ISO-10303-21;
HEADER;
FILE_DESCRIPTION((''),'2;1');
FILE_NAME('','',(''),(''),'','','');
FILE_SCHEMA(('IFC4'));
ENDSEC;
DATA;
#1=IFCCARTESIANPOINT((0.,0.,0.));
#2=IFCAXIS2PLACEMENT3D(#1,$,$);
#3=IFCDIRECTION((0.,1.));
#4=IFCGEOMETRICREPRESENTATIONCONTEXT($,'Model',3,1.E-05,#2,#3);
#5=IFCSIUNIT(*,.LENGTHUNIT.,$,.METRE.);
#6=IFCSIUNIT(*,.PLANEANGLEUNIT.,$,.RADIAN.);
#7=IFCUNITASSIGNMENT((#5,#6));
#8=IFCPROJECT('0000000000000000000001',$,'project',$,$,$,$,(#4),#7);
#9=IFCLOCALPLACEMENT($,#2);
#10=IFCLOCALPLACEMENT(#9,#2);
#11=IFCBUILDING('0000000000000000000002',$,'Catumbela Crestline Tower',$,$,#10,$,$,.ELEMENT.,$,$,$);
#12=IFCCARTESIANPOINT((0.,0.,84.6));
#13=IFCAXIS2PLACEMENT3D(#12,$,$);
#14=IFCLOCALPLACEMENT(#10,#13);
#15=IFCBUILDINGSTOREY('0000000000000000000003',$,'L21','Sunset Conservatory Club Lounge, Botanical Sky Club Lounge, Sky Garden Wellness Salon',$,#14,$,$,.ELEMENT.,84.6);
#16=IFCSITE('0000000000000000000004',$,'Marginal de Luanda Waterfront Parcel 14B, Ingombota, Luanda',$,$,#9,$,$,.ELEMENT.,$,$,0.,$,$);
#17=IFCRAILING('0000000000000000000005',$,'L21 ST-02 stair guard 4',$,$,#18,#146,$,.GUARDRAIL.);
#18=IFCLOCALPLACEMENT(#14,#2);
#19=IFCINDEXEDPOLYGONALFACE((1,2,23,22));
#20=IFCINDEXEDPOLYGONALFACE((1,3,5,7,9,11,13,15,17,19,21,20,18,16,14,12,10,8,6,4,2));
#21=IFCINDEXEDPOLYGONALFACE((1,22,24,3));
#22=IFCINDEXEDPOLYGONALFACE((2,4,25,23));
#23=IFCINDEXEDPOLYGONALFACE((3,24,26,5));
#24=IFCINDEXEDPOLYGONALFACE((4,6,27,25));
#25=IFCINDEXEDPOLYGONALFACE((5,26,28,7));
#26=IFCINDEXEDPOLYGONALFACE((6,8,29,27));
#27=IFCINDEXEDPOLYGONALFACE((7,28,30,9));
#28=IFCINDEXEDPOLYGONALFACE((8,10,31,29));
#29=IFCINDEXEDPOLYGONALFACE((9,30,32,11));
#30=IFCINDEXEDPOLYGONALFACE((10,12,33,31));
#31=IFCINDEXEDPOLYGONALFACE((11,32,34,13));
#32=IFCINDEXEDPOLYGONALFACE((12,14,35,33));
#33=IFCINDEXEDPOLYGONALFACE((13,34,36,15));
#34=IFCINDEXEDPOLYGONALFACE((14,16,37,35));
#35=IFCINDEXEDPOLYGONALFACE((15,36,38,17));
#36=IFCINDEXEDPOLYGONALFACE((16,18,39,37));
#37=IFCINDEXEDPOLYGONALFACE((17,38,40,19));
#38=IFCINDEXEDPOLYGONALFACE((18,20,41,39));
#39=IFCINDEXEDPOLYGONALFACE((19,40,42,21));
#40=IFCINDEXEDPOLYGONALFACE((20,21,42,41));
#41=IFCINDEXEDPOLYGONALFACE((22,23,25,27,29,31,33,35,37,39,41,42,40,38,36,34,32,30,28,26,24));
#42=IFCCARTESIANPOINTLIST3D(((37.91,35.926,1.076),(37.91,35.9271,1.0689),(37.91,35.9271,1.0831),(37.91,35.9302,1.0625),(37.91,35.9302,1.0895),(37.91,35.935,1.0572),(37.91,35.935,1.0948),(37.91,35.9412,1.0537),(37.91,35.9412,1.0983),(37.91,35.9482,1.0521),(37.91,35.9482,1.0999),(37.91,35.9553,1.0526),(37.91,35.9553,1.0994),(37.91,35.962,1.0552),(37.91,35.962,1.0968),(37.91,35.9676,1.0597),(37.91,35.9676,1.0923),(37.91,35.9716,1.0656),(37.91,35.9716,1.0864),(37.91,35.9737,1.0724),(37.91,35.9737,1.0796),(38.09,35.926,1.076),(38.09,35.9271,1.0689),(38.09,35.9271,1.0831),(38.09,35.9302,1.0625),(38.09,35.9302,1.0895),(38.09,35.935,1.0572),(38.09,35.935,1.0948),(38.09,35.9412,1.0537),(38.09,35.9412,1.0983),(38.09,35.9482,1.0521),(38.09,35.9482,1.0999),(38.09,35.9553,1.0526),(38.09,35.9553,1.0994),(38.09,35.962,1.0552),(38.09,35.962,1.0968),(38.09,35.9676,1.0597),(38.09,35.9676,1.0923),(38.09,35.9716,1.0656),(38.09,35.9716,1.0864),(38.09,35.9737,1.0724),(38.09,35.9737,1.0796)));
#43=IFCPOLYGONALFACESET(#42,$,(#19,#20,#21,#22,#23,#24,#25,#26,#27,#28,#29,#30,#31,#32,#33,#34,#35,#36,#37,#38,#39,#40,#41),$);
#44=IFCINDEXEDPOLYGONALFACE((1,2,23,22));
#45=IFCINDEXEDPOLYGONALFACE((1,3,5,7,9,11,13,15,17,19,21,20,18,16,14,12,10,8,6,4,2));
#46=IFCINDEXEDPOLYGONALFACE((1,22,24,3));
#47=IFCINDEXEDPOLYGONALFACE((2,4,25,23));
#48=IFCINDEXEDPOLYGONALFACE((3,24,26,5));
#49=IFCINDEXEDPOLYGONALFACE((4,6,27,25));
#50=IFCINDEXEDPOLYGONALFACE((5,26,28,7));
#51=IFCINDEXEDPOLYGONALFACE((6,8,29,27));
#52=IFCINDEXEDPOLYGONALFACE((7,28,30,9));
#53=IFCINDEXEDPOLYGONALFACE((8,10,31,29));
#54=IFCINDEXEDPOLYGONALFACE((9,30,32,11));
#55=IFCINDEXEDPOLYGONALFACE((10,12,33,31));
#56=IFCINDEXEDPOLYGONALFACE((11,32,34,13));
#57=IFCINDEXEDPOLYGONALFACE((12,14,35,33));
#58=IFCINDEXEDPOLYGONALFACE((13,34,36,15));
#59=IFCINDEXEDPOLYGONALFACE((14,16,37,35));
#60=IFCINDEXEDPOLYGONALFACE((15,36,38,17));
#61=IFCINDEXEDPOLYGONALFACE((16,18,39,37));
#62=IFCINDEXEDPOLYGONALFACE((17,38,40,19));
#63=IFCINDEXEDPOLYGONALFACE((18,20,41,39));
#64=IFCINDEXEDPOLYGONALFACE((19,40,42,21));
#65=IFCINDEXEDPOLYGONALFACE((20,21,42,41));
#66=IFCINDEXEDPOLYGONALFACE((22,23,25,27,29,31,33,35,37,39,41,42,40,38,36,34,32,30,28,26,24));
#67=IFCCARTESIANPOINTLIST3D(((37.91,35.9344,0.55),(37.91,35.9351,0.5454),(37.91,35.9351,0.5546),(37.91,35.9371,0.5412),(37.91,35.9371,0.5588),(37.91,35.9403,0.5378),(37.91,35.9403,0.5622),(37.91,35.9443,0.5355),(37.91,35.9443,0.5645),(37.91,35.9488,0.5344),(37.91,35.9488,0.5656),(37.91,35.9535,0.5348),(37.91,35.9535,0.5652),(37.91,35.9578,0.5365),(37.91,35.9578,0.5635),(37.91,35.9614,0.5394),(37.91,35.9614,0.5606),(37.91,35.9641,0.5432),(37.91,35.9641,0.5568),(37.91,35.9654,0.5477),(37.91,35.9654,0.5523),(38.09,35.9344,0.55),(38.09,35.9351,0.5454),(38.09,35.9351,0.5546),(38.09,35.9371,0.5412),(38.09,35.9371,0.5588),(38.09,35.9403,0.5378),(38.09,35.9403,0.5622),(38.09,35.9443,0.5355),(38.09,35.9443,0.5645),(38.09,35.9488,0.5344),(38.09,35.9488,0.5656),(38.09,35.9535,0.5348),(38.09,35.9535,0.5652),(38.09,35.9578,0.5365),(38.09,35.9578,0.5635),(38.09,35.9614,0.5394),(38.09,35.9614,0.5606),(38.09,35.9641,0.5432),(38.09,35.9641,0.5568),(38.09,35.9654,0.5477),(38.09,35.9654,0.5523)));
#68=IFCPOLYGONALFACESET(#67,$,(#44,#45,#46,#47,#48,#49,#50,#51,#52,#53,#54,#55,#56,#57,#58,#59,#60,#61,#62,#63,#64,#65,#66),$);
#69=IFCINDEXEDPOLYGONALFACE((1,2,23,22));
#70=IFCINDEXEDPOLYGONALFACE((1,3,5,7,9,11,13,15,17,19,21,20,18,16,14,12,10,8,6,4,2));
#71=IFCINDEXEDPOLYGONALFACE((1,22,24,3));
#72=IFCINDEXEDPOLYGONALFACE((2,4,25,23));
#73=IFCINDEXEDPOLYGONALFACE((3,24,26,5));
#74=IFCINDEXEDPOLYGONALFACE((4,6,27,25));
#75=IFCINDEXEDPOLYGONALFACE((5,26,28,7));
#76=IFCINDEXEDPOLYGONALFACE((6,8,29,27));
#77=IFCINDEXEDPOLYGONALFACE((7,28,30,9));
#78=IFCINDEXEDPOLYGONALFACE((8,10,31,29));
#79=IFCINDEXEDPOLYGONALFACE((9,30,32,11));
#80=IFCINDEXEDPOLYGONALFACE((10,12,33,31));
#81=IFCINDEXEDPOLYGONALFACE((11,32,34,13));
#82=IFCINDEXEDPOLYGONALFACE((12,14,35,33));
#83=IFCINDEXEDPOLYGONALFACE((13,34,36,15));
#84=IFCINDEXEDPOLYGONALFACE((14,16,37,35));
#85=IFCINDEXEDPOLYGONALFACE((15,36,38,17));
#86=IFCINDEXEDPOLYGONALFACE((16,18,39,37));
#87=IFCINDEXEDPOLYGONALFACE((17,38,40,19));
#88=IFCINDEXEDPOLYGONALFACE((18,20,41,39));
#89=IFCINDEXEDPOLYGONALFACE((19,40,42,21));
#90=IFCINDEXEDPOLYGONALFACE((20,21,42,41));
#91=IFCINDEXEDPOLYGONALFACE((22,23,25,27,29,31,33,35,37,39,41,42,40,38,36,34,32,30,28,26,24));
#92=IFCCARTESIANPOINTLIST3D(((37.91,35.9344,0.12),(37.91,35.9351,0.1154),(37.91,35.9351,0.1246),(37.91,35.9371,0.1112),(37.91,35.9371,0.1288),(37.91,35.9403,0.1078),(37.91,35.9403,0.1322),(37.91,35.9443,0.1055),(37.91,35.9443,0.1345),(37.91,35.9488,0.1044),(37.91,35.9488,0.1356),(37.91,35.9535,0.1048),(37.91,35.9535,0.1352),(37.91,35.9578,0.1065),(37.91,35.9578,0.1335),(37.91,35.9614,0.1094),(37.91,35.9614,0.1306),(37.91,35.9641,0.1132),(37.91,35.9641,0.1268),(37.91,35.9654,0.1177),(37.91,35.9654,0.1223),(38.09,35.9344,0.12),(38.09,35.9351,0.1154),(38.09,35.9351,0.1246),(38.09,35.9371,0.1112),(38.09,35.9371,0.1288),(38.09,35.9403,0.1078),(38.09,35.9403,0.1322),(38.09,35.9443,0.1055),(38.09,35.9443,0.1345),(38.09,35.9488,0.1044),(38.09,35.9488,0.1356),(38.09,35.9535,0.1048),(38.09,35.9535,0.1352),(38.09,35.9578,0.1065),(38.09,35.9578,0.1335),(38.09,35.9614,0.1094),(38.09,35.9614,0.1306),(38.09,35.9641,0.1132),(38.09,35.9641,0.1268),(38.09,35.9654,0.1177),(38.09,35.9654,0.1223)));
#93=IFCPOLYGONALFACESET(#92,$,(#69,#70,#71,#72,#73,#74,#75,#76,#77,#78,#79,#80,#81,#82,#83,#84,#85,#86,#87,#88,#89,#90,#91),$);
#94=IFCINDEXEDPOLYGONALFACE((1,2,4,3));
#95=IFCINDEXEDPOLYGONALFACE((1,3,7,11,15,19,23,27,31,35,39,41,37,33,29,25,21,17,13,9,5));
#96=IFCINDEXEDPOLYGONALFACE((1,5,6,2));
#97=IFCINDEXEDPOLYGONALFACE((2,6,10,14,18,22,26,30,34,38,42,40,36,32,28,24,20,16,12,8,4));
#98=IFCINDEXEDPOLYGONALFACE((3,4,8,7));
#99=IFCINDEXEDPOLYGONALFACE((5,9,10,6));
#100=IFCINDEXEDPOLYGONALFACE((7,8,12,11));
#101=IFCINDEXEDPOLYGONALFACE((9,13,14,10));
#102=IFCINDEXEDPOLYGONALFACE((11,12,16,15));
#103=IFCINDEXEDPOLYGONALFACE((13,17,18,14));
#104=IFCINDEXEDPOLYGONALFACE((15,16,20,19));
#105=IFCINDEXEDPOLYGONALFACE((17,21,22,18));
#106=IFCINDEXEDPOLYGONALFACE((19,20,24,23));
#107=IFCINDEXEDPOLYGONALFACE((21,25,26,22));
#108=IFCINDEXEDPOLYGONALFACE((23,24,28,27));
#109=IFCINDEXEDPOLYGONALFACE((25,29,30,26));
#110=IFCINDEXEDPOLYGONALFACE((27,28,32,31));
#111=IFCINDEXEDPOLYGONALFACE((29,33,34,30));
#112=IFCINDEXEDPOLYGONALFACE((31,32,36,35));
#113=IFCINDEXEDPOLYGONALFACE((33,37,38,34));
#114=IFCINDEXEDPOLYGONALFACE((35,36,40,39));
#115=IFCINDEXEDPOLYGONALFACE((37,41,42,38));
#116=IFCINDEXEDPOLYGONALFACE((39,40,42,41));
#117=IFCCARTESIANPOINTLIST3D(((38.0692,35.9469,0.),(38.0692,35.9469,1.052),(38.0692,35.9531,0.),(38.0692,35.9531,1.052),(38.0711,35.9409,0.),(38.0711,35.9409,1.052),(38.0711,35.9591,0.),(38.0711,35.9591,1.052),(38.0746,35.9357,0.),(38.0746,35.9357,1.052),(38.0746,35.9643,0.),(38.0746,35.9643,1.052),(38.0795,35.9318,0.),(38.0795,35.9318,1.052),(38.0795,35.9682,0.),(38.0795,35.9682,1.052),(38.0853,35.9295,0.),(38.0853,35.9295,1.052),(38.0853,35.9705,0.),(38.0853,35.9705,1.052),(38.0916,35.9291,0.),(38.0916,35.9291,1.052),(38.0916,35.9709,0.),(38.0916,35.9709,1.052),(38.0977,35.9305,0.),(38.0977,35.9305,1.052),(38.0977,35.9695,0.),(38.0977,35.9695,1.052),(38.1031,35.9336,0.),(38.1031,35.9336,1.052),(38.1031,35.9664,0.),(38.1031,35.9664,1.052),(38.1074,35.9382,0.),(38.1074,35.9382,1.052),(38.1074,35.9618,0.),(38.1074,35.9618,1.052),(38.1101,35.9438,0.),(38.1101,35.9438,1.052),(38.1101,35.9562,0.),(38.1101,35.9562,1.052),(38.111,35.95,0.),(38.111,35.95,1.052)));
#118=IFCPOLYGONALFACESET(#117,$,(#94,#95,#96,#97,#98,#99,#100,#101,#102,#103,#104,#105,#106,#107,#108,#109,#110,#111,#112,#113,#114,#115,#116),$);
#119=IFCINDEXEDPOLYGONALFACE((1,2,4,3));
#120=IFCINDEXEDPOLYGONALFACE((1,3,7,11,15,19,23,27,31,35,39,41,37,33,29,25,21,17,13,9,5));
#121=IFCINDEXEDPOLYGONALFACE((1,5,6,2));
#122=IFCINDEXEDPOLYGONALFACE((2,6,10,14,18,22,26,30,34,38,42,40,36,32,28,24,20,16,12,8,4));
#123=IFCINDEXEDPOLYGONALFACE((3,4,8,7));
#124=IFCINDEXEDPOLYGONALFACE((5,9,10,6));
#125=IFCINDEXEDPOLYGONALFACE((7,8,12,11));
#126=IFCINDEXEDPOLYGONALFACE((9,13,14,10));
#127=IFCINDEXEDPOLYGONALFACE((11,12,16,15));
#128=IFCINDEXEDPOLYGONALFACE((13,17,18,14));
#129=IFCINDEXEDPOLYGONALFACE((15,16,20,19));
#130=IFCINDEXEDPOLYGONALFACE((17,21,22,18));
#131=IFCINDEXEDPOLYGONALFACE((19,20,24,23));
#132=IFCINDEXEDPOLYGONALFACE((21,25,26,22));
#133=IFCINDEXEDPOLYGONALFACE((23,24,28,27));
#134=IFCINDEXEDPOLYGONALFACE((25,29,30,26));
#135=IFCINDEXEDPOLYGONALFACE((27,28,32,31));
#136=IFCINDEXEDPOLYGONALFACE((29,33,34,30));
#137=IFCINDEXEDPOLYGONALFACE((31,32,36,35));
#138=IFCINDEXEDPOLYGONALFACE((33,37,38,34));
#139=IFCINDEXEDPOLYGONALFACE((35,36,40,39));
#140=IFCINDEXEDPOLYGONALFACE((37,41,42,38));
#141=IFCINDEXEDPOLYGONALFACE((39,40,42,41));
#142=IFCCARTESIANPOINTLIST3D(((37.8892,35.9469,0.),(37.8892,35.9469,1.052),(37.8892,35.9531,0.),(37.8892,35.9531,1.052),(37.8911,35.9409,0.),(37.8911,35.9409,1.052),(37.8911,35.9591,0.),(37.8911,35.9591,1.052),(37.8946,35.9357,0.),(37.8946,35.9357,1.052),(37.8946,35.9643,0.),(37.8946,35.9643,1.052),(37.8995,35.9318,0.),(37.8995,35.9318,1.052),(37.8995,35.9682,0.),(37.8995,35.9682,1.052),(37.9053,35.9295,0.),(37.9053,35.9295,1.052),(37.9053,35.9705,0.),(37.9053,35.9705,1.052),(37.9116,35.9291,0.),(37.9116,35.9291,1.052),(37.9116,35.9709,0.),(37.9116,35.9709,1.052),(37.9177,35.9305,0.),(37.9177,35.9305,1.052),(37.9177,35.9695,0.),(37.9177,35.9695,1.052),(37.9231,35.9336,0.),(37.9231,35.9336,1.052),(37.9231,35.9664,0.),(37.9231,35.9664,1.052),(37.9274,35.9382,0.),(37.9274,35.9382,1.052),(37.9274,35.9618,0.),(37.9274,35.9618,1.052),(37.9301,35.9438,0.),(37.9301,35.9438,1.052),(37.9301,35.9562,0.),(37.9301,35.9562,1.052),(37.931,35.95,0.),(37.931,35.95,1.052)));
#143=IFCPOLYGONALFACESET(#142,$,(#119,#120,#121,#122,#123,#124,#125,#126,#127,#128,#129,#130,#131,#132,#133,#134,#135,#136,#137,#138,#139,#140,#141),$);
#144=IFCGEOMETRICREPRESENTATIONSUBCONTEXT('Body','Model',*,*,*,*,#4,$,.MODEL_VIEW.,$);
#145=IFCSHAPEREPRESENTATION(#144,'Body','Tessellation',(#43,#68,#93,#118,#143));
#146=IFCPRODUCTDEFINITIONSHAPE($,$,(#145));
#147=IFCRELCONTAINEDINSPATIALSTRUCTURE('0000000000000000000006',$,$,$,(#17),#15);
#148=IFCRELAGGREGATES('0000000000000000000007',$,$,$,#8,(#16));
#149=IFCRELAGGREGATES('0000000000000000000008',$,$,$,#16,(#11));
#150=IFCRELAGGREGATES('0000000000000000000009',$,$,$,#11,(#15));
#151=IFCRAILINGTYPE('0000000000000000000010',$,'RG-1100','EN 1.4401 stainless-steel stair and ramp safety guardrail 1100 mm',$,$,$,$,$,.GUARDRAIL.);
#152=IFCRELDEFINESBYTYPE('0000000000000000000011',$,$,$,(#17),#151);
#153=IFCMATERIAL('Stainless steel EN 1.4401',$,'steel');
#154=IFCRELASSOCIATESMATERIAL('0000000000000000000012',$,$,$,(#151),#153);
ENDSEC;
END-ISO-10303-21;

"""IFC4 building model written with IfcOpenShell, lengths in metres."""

from ifc_helpers import new_model, si_unit, direction, frame, origin, origin_2d, place, context, subcontext, project, spatial, circle, extrude, material, type_object, element, save


model = new_model("IFC4")

# Units and contexts
model_context = context("Model", 3, precision=1e-05, world=origin(), true_north=direction((0.0, 1.0)))
body_context = subcontext(model_context, "Body", "Model", "MODEL_VIEW")
ifc_project = project(units=[si_unit("LENGTHUNIT", "METRE"), si_unit("PLANEANGLEUNIT", "RADIAN")], contexts=[model_context])

# Site, building, storey
site_placement = place(None, origin())
site = spatial("IfcSite", under=ifc_project, at=site_placement, Name="Marginal de Luanda Waterfront Parcel 14B, Ingombota, Luanda", CompositionType="ELEMENT", RefElevation=0.0)
building_placement = place(site_placement, origin())
building = spatial("IfcBuilding", under=site, at=building_placement, Name="Catumbela Crestline Tower", CompositionType="ELEMENT")
storey_placement = place(building_placement, frame((0.0, 0.0, 84.6)))
storey = spatial("IfcBuildingStorey", under=building, at=storey_placement, Name="L21", Description="Sunset Conservatory Club Lounge, Botanical Sky Club Lounge, Sky Garden Wellness Salon", CompositionType="ELEMENT", Elevation=84.6)

# Shared definitions
ifc_material_1 = material(Name="Stainless steel EN 1.4401", Category="steel")

# Railing
railing_type_1 = type_object("IfcRailingType", Name="RG-1100", Description="EN 1.4401 stainless-steel stair and ramp safety guardrail 1100 mm", PredefinedType="GUARDRAIL", material=ifc_material_1)
railing_1_placement = place(storey_placement, frame((38.09, 35.95, 0.0)))
element("IfcRailing", 1, at=railing_1_placement, inside=storey, type_object=railing_type_1, Name="L21 ST-02 stair guard 4", PredefinedType="GUARDRAIL", context=body_context, shape_type="SweptSolid", body=[
    extrude(circle(Radius=0.024, at=origin_2d()), frame((0.0, 0.0, 1.076), z_axis=(-1.0, 0.0, 0.0), x_axis=(0.0, -1.0, 0.0)), (0.0, 0.0, 1.0), 0.18),
    extrude(circle(Radius=0.0156, at=origin_2d()), frame((0.0, 0.0, 0.55), z_axis=(-1.0, 0.0, 0.0), x_axis=(0.0, -1.0, 0.0)), (0.0, 0.0, 1.0), 0.18),
    extrude(circle(Radius=0.0156, at=origin_2d()), frame((0.0, 0.0, 0.12), z_axis=(-1.0, 0.0, 0.0), x_axis=(0.0, -1.0, 0.0)), (0.0, 0.0, 1.0), 0.18),
    extrude(circle(Radius=0.021, at=origin_2d()), origin(), (0.0, 0.0, 1.0), 1.052),
    extrude(circle(Radius=0.021, at=origin_2d()), frame((-0.18, 0.0, 0.0)), (0.0, 0.0, 1.0), 1.052),
])

save(model, "model.ifc")
